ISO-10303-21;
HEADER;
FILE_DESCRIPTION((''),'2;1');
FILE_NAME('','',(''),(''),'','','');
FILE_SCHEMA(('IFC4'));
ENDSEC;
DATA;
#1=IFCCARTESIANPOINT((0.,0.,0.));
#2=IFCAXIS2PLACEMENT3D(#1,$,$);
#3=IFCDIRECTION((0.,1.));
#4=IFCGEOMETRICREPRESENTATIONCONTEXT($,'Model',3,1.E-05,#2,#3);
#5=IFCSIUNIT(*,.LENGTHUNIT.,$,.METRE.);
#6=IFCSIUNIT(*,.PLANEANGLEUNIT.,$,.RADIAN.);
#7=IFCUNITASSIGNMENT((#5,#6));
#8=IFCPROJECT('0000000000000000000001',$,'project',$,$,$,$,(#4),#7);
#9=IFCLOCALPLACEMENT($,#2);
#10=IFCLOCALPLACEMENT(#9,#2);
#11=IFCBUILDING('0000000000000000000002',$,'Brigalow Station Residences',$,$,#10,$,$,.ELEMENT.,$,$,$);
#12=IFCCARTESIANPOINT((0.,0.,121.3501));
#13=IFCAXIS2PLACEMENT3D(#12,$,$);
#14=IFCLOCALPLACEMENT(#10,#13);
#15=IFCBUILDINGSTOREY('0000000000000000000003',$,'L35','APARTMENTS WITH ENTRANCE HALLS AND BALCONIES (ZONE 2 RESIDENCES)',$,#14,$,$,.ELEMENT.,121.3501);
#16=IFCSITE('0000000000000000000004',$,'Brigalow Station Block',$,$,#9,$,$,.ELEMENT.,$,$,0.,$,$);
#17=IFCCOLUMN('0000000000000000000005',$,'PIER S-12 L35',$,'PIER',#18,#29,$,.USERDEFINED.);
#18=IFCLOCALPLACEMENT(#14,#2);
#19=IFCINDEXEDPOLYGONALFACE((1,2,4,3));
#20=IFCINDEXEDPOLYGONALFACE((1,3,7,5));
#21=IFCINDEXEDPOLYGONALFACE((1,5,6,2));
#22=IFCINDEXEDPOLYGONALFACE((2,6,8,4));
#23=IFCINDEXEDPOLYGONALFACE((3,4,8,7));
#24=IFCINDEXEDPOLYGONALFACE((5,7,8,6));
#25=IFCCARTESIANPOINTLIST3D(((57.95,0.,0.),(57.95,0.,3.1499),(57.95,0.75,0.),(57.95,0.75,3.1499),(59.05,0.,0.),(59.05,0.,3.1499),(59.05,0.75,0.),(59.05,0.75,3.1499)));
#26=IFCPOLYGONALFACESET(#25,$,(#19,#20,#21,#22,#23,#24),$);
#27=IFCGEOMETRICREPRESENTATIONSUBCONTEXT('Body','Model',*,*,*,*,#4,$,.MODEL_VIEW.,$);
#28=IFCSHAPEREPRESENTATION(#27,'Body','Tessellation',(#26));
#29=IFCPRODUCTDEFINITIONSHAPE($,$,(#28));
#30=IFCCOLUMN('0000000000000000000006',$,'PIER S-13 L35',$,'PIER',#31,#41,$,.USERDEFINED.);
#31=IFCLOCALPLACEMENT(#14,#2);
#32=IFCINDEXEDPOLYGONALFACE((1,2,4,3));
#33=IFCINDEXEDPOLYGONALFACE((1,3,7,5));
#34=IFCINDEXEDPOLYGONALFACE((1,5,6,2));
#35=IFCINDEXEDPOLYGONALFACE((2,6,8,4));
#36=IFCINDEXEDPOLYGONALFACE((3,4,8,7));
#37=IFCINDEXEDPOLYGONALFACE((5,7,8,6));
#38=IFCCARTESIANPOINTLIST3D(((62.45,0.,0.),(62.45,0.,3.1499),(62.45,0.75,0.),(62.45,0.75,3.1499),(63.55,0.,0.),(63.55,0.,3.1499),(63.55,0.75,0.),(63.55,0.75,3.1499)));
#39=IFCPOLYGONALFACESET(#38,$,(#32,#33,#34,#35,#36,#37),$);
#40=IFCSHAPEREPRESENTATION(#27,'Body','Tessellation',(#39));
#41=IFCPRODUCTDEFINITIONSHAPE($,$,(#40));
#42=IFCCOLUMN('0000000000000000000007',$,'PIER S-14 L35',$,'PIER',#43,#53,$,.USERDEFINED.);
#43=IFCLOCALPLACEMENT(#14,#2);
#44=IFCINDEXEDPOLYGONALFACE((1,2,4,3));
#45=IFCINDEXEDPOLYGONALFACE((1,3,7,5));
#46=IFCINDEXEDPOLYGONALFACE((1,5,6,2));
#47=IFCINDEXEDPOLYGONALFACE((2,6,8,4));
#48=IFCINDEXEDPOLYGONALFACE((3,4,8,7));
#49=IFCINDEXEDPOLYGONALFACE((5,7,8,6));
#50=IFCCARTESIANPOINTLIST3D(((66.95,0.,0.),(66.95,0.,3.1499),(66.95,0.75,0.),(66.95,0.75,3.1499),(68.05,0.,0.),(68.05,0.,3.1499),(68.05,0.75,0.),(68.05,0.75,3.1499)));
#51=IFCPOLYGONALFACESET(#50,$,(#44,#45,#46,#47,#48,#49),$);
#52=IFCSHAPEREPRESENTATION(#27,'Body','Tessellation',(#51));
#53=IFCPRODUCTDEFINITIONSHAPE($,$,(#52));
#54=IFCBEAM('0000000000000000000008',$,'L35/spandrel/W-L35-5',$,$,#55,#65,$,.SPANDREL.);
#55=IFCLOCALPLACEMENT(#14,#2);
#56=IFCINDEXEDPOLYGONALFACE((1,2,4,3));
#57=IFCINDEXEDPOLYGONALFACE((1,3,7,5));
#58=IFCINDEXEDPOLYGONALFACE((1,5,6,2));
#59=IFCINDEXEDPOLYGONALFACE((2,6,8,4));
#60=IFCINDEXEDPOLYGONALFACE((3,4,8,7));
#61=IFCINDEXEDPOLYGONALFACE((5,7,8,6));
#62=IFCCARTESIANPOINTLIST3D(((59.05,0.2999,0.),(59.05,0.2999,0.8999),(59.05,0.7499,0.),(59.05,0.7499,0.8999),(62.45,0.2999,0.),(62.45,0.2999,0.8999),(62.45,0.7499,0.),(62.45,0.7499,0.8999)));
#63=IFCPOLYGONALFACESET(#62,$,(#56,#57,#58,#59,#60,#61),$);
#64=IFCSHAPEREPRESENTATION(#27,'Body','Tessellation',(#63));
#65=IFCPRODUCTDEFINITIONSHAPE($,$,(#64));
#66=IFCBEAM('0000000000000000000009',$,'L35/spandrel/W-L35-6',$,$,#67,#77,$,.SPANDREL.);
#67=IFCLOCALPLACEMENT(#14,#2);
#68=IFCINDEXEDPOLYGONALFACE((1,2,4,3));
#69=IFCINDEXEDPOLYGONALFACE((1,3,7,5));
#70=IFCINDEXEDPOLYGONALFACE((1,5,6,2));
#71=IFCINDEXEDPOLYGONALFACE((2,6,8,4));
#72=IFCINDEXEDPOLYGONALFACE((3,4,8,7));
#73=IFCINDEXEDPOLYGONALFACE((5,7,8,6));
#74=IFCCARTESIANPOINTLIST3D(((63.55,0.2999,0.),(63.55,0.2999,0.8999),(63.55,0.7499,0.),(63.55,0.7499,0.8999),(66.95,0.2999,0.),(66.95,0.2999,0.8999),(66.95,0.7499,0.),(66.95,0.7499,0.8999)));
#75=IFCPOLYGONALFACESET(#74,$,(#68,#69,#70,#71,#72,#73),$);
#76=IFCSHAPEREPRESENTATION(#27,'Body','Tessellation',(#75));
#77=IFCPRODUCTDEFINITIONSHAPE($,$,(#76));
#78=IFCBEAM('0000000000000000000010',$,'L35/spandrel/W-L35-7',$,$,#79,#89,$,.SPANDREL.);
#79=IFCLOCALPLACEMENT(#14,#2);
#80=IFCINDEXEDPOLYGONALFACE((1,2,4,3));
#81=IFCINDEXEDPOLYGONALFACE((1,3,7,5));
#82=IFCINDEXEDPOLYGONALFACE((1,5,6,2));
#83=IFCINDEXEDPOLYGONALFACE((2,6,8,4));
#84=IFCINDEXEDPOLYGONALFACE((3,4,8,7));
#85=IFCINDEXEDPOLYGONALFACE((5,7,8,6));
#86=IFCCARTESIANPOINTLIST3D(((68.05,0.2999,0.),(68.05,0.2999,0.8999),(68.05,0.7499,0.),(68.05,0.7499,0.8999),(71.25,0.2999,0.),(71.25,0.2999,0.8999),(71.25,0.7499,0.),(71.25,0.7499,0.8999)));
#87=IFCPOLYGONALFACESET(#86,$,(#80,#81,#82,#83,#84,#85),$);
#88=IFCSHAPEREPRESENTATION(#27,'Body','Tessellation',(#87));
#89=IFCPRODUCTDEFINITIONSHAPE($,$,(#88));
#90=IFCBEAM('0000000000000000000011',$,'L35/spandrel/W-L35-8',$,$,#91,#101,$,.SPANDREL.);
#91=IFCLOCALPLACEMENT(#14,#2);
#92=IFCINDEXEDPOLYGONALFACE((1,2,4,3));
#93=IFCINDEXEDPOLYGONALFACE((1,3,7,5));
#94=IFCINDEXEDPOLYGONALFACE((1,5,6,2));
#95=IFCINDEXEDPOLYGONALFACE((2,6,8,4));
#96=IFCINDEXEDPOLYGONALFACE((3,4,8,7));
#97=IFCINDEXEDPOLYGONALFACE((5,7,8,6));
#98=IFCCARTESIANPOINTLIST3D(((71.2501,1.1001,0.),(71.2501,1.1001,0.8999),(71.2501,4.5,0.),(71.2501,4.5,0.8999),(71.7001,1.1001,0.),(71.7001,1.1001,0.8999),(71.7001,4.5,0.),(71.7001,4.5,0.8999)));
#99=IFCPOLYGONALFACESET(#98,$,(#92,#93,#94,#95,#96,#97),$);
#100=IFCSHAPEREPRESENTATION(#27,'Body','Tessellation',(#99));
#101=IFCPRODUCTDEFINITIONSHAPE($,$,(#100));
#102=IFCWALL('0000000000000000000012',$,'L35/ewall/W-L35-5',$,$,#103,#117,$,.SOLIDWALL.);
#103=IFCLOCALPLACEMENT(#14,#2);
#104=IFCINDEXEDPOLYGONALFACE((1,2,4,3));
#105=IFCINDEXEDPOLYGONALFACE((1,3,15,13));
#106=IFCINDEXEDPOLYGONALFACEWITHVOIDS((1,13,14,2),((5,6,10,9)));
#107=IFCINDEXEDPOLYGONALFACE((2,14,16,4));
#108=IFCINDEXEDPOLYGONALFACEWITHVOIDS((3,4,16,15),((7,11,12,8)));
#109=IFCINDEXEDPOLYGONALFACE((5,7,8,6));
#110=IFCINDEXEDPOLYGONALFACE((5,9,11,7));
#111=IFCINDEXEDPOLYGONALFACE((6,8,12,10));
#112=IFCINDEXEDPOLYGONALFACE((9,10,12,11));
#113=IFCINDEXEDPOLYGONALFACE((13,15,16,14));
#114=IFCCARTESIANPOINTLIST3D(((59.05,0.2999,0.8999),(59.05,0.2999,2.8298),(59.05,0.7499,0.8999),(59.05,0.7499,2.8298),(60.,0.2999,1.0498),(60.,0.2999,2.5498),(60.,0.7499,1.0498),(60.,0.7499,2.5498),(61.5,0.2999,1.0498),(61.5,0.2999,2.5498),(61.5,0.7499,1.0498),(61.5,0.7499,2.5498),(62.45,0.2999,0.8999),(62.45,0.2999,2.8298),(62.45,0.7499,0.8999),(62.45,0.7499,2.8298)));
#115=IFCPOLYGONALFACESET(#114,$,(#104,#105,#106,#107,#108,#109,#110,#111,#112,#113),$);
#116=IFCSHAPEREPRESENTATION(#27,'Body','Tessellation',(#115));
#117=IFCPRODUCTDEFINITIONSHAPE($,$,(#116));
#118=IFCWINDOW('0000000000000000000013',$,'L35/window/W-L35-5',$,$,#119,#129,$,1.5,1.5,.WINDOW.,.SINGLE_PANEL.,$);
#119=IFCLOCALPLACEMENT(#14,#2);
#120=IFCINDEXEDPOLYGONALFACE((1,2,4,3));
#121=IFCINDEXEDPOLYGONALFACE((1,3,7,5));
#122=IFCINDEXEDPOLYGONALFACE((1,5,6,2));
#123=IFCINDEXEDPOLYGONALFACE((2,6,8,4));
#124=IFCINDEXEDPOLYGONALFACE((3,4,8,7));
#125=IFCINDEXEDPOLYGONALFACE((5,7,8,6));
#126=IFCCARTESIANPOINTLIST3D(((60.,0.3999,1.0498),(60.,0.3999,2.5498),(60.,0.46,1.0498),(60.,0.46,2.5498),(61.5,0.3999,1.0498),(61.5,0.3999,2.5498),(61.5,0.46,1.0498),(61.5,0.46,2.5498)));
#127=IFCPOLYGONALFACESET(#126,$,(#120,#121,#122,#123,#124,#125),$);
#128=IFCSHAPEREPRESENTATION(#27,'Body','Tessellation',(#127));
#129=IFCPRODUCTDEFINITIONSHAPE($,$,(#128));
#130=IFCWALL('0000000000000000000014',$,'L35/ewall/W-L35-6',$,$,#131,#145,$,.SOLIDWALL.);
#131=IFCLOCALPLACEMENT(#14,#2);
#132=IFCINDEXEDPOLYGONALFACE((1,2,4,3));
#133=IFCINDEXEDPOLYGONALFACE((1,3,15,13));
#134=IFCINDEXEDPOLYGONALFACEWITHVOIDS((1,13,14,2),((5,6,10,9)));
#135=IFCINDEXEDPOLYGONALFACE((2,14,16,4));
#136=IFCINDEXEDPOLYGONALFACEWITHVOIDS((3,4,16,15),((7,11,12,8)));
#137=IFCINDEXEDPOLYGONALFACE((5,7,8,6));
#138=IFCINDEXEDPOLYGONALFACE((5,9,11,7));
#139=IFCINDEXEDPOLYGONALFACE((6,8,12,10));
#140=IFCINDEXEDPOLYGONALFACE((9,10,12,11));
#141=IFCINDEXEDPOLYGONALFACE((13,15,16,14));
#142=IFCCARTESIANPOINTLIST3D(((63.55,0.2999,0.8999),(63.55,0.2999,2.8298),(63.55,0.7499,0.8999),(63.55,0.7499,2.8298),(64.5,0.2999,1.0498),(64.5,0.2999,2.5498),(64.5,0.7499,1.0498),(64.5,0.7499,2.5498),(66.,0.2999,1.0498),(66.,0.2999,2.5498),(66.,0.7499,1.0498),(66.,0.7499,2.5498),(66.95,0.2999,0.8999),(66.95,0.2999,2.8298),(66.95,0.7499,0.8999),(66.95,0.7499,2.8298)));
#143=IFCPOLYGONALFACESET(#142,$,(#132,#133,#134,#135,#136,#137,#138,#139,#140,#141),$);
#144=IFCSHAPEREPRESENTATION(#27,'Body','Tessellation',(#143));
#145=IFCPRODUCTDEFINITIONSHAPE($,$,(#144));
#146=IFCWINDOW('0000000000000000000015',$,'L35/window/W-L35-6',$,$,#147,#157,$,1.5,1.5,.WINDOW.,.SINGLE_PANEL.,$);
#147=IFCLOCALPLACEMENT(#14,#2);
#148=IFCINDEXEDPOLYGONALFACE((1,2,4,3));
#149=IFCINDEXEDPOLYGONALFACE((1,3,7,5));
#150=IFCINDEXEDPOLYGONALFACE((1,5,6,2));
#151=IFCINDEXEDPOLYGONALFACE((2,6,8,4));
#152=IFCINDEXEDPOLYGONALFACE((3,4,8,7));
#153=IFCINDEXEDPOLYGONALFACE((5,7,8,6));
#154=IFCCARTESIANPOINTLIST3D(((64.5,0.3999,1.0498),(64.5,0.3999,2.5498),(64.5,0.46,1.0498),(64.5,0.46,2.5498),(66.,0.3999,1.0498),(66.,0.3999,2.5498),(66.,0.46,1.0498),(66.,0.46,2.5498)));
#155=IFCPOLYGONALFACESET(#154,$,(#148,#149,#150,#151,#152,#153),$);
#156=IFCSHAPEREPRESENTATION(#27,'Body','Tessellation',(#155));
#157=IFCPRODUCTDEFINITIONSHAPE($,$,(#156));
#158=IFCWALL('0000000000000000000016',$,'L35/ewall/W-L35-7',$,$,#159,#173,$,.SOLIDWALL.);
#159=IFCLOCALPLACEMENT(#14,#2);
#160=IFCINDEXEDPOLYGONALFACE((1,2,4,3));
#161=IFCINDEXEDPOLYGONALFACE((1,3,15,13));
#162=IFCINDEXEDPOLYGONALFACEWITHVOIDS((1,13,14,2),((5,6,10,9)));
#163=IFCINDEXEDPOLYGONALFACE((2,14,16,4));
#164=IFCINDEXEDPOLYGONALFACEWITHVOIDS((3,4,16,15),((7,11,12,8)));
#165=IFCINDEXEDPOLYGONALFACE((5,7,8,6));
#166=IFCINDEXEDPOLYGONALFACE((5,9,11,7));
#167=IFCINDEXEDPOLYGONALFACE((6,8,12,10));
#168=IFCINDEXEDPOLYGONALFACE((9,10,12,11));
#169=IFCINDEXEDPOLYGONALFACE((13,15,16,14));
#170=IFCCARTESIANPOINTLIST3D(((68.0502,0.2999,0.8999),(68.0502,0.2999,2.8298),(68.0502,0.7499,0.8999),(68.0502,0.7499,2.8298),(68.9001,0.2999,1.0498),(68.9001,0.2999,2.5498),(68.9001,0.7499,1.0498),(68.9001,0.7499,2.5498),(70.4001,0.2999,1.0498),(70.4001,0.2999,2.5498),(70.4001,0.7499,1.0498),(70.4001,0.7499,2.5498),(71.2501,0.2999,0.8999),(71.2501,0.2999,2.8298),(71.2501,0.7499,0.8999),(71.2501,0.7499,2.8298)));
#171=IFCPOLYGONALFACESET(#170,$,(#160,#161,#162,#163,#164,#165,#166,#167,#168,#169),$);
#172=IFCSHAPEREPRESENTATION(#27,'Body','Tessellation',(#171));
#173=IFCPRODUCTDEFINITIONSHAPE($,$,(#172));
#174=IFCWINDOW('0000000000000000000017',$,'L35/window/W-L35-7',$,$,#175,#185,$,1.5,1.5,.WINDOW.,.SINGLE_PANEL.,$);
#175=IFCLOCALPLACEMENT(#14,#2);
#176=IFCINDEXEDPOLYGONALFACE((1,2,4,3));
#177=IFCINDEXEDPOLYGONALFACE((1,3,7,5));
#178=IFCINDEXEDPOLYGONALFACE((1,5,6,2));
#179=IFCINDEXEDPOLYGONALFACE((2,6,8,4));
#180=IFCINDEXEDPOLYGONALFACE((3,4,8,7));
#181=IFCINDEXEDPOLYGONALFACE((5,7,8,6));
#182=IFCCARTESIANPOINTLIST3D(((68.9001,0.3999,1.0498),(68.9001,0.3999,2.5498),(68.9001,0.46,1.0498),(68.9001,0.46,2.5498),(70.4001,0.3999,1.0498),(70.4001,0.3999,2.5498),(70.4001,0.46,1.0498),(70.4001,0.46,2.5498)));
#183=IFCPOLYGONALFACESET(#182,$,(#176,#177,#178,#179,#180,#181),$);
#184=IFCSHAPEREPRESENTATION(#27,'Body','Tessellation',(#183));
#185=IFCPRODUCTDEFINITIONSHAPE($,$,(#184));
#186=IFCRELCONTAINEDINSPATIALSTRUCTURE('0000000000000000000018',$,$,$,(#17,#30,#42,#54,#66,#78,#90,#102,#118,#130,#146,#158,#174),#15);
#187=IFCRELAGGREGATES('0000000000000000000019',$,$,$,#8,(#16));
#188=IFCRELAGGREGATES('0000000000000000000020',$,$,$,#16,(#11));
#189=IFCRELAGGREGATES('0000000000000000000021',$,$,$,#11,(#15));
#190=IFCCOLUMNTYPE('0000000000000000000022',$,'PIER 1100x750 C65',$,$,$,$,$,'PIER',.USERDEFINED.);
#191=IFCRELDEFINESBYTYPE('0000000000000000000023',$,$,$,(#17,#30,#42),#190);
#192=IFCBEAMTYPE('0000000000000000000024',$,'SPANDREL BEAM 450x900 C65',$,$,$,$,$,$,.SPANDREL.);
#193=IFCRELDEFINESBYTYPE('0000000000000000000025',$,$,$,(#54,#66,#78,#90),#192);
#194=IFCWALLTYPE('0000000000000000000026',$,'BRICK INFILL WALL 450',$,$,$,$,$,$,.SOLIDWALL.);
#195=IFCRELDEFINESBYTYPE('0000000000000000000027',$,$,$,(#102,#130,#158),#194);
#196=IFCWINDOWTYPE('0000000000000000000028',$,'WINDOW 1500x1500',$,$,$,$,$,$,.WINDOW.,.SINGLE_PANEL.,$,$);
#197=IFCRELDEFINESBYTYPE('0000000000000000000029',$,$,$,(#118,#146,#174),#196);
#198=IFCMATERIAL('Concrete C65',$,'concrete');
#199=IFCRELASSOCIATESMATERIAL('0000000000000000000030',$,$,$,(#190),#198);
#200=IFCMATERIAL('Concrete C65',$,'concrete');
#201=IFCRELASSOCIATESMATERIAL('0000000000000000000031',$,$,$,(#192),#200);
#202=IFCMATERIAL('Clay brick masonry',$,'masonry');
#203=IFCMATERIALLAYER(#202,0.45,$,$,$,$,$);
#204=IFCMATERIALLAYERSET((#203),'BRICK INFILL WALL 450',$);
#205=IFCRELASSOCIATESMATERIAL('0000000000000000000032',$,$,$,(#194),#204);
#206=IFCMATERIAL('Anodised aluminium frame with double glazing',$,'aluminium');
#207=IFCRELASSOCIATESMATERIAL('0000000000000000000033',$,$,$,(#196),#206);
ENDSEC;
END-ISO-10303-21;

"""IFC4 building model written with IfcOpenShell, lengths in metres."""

from ifc_helpers import new_model, si_unit, direction, frame, frame_2d, origin, origin_2d, place, context, subcontext, project, spatial, rectangle, extrude, material, layer, layer_set, material_profile, profile_set, type_object, element, fill, save


model = new_model("IFC4")

# Units and contexts
model_context = context("Model", 3, precision=1e-05, world=origin(), true_north=direction((0.0, 1.0)))
body_context = subcontext(model_context, "Body", "Model", "MODEL_VIEW")
ifc_project = project(units=[si_unit("LENGTHUNIT", "METRE"), si_unit("PLANEANGLEUNIT", "RADIAN")], contexts=[model_context])

# Site, building, storey
site_placement = place(None, origin())
site = spatial("IfcSite", under=ifc_project, at=site_placement, Name="Brigalow Station Block", CompositionType="ELEMENT", RefElevation=0.0)
building_placement = place(site_placement, origin())
building = spatial("IfcBuilding", under=site, at=building_placement, Name="Brigalow Station Residences", CompositionType="ELEMENT")
storey_placement = place(building_placement, frame((0.0, 0.0, 121.3501)))
storey = spatial("IfcBuildingStorey", under=building, at=storey_placement, Name="L35", Description="APARTMENTS WITH ENTRANCE HALLS AND BALCONIES (ZONE 2 RESIDENCES)", CompositionType="ELEMENT", Elevation=121.3501)

# Columns
ifc_material_1 = material(Name="Concrete C65", Category="concrete")
ifc_material_profile_1 = material_profile(ifc_material_1, rectangle(XDim=1.1001, YDim=0.75, at=origin_2d()), Name="RC1100x750")
ifc_profile_set_1 = profile_set([ifc_material_profile_1], Name="Concrete C65")
column_type = type_object("IfcColumnType", Name="PIER 1100x750 C65", ElementType="PIER", PredefinedType="USERDEFINED", material=ifc_profile_set_1)
for number, where, z_axis, x_axis, name in (
    (1, (58.5, 0.375, 0.0), (0.0, 0.0, 1.0), (1.0, 0.0, 0.0), "PIER S-12 L35"),
    (2, (63.0, 0.375, 0.0), (0.0, 0.0, 1.0), (1.0, 0.0, 0.0), "PIER S-13 L35"),
    (3, (67.5, 0.375, 0.0), (0.0, 0.0, 1.0), (1.0, 0.0, 0.0), "PIER S-14 L35"),
):
    element("IfcColumn", number, at=place(storey_placement, frame(where, z_axis=z_axis, x_axis=x_axis)), inside=storey, type_object=column_type, Name=name, ObjectType="PIER", PredefinedType="USERDEFINED", context=body_context, shape_type="SweptSolid", body=[
        extrude(rectangle(XDim=1.1001, YDim=0.75, at=origin_2d()), origin(), (0.0, 0.0, 1.0), 3.1499),
    ])

# Beams
ifc_material_2 = material(Name="Concrete C65", Category="concrete")
ifc_material_profile_2 = material_profile(ifc_material_2, rectangle(XDim=0.45, YDim=0.8999, at=origin_2d()), Name="RC450x900")
ifc_profile_set_2 = profile_set([ifc_material_profile_2], Name="Concrete C65")
beam_type = type_object("IfcBeamType", Name="SPANDREL BEAM 450x900 C65", PredefinedType="SPANDREL", material=ifc_profile_set_2)
for number, where, z_axis, x_axis, name in (
    (4, (59.05, 0.5249, 0.45), (1.0, 0.0, 0.0), (0.0, 1.0, 0.0), "L35/spandrel/W-L35-5"),
    (5, (63.55, 0.5249, 0.45), (1.0, 0.0, 0.0), (0.0, 1.0, 0.0), "L35/spandrel/W-L35-6"),
):
    element("IfcBeam", number, at=place(storey_placement, frame(where, z_axis=z_axis, x_axis=x_axis)), inside=storey, type_object=beam_type, Name=name, PredefinedType="SPANDREL", context=body_context, shape_type="SweptSolid", body=[
        extrude(rectangle(XDim=0.45, YDim=0.8999, at=origin_2d()), origin(), (0.0, 0.0, 1.0), 3.3999),
    ])
beam_1_placement = place(storey_placement, frame((68.05, 0.5249, 0.45), z_axis=(1.0, 0.0, 0.0), x_axis=(0.0, 1.0, 0.0)))
element("IfcBeam", 6, at=beam_1_placement, inside=storey, type_object=beam_type, Name="L35/spandrel/W-L35-7", PredefinedType="SPANDREL", context=body_context, shape_type="SweptSolid", body=[
    extrude(rectangle(XDim=0.45, YDim=0.8999, at=origin_2d()), origin(), (0.0, 0.0, 1.0), 3.2),
])
beam_2_placement = place(storey_placement, frame((71.4751, 1.1001, 0.45), z_axis=(0.0, 1.0, 0.0), x_axis=(-1.0, 0.0, 0.0)))
element("IfcBeam", 7, at=beam_2_placement, inside=storey, type_object=beam_type, Name="L35/spandrel/W-L35-8", PredefinedType="SPANDREL", context=body_context, shape_type="SweptSolid", body=[
    extrude(rectangle(XDim=0.45, YDim=0.8999, at=origin_2d()), origin(), (0.0, 0.0, 1.0), 3.3999),
])

# Walls, openings, windows
ifc_material_3 = material(Name="Clay brick masonry", Category="masonry")
ifc_layer_1 = layer(ifc_material_3, 0.45)
ifc_layer_set_1 = layer_set([ifc_layer_1], Name="BRICK INFILL WALL 450")
wall_type_1 = type_object("IfcWallType", Name="BRICK INFILL WALL 450", PredefinedType="SOLIDWALL", material=ifc_layer_set_1)
wall_1_placement = place(storey_placement, frame((59.05, 0.5249, 0.8999), z_axis=(0.0, 0.0, 1.0), x_axis=(1.0, 0.0, 0.0)))
wall_1 = element("IfcWall", 8, at=wall_1_placement, inside=storey, type_object=wall_type_1, Name="L35/ewall/W-L35-5", PredefinedType="SOLIDWALL", context=body_context, shape_type="SweptSolid", body=[
    extrude(rectangle(XDim=3.3999, YDim=0.45, at=frame_2d((1.7, 0.0))), origin(), (0.0, 0.0, 1.0), 1.9299),
])
opening_1_placement = place(wall_1_placement, frame((0.95, 0.0, 0.1499)))
opening_1 = element("IfcOpeningElement", 9, at=opening_1_placement, cuts=wall_1, PredefinedType="OPENING", context=body_context, shape_type="SweptSolid", body=[
    extrude(rectangle(XDim=1.5, YDim=1.5, at=frame_2d((0.75, 0.75))), frame((0.0, 0.2349, 0.0), z_axis=(0.0, -1.0, 0.0), x_axis=(1.0, 0.0, 0.0)), (0.0, 0.0, 1.0), 0.47),
])
ifc_material_4 = material(Name="Anodised aluminium frame with double glazing", Category="aluminium")
window_type = type_object("IfcWindowType", Name="WINDOW 1500x1500", PartitioningType="SINGLE_PANEL", PredefinedType="WINDOW", material=ifc_material_4)
window_1_placement = place(opening_1_placement, origin())
window_1 = element("IfcWindow", 10, at=window_1_placement, inside=storey, type_object=window_type, Name="L35/window/W-L35-5", OverallHeight=1.5, OverallWidth=1.5, PartitioningType="SINGLE_PANEL", PredefinedType="WINDOW", context=body_context, shape_type="SweptSolid", body=[
    extrude(rectangle(XDim=1.5, YDim=1.5, at=frame_2d((0.75, 0.75))), frame((0.0, -0.0649, 0.0), z_axis=(0.0, -1.0, 0.0), x_axis=(1.0, 0.0, 0.0)), (0.0, 0.0, 1.0), 0.0601),
])
fill(opening_1, window_1)
wall_2_placement = place(storey_placement, frame((63.55, 0.5249, 0.8999), z_axis=(0.0, 0.0, 1.0), x_axis=(1.0, 0.0, 0.0)))
wall_2 = element("IfcWall", 11, at=wall_2_placement, inside=storey, type_object=wall_type_1, Name="L35/ewall/W-L35-6", PredefinedType="SOLIDWALL", context=body_context, shape_type="SweptSolid", body=[
    extrude(rectangle(XDim=3.3999, YDim=0.45, at=frame_2d((1.7, 0.0))), origin(), (0.0, 0.0, 1.0), 1.9299),
])
opening_2_placement = place(wall_2_placement, frame((0.95, 0.0, 0.1499)))
opening_2 = element("IfcOpeningElement", 12, at=opening_2_placement, cuts=wall_2, PredefinedType="OPENING", context=body_context, shape_type="SweptSolid", body=[
    extrude(rectangle(XDim=1.5, YDim=1.5, at=frame_2d((0.75, 0.75))), frame((0.0, 0.2349, 0.0), z_axis=(0.0, -1.0, 0.0), x_axis=(1.0, 0.0, 0.0)), (0.0, 0.0, 1.0), 0.47),
])
window_2_placement = place(opening_2_placement, origin())
window_2 = element("IfcWindow", 13, at=window_2_placement, inside=storey, type_object=window_type, Name="L35/window/W-L35-6", OverallHeight=1.5, OverallWidth=1.5, PartitioningType="SINGLE_PANEL", PredefinedType="WINDOW", context=body_context, shape_type="SweptSolid", body=[
    extrude(rectangle(XDim=1.5, YDim=1.5, at=frame_2d((0.75, 0.75))), frame((0.0, -0.0649, 0.0), z_axis=(0.0, -1.0, 0.0), x_axis=(1.0, 0.0, 0.0)), (0.0, 0.0, 1.0), 0.0601),
])
fill(opening_2, window_2)
wall_3_placement = place(storey_placement, frame((68.05, 0.5249, 0.8999), z_axis=(0.0, 0.0, 1.0), x_axis=(1.0, 0.0, 0.0)))
wall_3 = element("IfcWall", 14, at=wall_3_placement, inside=storey, type_object=wall_type_1, Name="L35/ewall/W-L35-7", PredefinedType="SOLIDWALL", context=body_context, shape_type="SweptSolid", body=[
    extrude(rectangle(XDim=3.2, YDim=0.45, at=frame_2d((1.6001, 0.0))), origin(), (0.0, 0.0, 1.0), 1.9299),
])
opening_3_placement = place(wall_3_placement, frame((0.8501, 0.0, 0.1499)))
opening_3 = element("IfcOpeningElement", 15, at=opening_3_placement, cuts=wall_3, PredefinedType="OPENING", context=body_context, shape_type="SweptSolid", body=[
    extrude(rectangle(XDim=1.5, YDim=1.5, at=frame_2d((0.75, 0.75))), frame((0.0, 0.2349, 0.0), z_axis=(0.0, -1.0, 0.0), x_axis=(1.0, 0.0, 0.0)), (0.0, 0.0, 1.0), 0.47),
])
window_3_placement = place(opening_3_placement, origin())
window_3 = element("IfcWindow", 16, at=window_3_placement, inside=storey, type_object=window_type, Name="L35/window/W-L35-7", OverallHeight=1.5, OverallWidth=1.5, PartitioningType="SINGLE_PANEL", PredefinedType="WINDOW", context=body_context, shape_type="SweptSolid", body=[
    extrude(rectangle(XDim=1.5, YDim=1.5, at=frame_2d((0.75, 0.75))), frame((0.0, -0.0649, 0.0), z_axis=(0.0, -1.0, 0.0), x_axis=(1.0, 0.0, 0.0)), (0.0, 0.0, 1.0), 0.0601),
])
fill(opening_3, window_3)

save(model, "model.ifc")
